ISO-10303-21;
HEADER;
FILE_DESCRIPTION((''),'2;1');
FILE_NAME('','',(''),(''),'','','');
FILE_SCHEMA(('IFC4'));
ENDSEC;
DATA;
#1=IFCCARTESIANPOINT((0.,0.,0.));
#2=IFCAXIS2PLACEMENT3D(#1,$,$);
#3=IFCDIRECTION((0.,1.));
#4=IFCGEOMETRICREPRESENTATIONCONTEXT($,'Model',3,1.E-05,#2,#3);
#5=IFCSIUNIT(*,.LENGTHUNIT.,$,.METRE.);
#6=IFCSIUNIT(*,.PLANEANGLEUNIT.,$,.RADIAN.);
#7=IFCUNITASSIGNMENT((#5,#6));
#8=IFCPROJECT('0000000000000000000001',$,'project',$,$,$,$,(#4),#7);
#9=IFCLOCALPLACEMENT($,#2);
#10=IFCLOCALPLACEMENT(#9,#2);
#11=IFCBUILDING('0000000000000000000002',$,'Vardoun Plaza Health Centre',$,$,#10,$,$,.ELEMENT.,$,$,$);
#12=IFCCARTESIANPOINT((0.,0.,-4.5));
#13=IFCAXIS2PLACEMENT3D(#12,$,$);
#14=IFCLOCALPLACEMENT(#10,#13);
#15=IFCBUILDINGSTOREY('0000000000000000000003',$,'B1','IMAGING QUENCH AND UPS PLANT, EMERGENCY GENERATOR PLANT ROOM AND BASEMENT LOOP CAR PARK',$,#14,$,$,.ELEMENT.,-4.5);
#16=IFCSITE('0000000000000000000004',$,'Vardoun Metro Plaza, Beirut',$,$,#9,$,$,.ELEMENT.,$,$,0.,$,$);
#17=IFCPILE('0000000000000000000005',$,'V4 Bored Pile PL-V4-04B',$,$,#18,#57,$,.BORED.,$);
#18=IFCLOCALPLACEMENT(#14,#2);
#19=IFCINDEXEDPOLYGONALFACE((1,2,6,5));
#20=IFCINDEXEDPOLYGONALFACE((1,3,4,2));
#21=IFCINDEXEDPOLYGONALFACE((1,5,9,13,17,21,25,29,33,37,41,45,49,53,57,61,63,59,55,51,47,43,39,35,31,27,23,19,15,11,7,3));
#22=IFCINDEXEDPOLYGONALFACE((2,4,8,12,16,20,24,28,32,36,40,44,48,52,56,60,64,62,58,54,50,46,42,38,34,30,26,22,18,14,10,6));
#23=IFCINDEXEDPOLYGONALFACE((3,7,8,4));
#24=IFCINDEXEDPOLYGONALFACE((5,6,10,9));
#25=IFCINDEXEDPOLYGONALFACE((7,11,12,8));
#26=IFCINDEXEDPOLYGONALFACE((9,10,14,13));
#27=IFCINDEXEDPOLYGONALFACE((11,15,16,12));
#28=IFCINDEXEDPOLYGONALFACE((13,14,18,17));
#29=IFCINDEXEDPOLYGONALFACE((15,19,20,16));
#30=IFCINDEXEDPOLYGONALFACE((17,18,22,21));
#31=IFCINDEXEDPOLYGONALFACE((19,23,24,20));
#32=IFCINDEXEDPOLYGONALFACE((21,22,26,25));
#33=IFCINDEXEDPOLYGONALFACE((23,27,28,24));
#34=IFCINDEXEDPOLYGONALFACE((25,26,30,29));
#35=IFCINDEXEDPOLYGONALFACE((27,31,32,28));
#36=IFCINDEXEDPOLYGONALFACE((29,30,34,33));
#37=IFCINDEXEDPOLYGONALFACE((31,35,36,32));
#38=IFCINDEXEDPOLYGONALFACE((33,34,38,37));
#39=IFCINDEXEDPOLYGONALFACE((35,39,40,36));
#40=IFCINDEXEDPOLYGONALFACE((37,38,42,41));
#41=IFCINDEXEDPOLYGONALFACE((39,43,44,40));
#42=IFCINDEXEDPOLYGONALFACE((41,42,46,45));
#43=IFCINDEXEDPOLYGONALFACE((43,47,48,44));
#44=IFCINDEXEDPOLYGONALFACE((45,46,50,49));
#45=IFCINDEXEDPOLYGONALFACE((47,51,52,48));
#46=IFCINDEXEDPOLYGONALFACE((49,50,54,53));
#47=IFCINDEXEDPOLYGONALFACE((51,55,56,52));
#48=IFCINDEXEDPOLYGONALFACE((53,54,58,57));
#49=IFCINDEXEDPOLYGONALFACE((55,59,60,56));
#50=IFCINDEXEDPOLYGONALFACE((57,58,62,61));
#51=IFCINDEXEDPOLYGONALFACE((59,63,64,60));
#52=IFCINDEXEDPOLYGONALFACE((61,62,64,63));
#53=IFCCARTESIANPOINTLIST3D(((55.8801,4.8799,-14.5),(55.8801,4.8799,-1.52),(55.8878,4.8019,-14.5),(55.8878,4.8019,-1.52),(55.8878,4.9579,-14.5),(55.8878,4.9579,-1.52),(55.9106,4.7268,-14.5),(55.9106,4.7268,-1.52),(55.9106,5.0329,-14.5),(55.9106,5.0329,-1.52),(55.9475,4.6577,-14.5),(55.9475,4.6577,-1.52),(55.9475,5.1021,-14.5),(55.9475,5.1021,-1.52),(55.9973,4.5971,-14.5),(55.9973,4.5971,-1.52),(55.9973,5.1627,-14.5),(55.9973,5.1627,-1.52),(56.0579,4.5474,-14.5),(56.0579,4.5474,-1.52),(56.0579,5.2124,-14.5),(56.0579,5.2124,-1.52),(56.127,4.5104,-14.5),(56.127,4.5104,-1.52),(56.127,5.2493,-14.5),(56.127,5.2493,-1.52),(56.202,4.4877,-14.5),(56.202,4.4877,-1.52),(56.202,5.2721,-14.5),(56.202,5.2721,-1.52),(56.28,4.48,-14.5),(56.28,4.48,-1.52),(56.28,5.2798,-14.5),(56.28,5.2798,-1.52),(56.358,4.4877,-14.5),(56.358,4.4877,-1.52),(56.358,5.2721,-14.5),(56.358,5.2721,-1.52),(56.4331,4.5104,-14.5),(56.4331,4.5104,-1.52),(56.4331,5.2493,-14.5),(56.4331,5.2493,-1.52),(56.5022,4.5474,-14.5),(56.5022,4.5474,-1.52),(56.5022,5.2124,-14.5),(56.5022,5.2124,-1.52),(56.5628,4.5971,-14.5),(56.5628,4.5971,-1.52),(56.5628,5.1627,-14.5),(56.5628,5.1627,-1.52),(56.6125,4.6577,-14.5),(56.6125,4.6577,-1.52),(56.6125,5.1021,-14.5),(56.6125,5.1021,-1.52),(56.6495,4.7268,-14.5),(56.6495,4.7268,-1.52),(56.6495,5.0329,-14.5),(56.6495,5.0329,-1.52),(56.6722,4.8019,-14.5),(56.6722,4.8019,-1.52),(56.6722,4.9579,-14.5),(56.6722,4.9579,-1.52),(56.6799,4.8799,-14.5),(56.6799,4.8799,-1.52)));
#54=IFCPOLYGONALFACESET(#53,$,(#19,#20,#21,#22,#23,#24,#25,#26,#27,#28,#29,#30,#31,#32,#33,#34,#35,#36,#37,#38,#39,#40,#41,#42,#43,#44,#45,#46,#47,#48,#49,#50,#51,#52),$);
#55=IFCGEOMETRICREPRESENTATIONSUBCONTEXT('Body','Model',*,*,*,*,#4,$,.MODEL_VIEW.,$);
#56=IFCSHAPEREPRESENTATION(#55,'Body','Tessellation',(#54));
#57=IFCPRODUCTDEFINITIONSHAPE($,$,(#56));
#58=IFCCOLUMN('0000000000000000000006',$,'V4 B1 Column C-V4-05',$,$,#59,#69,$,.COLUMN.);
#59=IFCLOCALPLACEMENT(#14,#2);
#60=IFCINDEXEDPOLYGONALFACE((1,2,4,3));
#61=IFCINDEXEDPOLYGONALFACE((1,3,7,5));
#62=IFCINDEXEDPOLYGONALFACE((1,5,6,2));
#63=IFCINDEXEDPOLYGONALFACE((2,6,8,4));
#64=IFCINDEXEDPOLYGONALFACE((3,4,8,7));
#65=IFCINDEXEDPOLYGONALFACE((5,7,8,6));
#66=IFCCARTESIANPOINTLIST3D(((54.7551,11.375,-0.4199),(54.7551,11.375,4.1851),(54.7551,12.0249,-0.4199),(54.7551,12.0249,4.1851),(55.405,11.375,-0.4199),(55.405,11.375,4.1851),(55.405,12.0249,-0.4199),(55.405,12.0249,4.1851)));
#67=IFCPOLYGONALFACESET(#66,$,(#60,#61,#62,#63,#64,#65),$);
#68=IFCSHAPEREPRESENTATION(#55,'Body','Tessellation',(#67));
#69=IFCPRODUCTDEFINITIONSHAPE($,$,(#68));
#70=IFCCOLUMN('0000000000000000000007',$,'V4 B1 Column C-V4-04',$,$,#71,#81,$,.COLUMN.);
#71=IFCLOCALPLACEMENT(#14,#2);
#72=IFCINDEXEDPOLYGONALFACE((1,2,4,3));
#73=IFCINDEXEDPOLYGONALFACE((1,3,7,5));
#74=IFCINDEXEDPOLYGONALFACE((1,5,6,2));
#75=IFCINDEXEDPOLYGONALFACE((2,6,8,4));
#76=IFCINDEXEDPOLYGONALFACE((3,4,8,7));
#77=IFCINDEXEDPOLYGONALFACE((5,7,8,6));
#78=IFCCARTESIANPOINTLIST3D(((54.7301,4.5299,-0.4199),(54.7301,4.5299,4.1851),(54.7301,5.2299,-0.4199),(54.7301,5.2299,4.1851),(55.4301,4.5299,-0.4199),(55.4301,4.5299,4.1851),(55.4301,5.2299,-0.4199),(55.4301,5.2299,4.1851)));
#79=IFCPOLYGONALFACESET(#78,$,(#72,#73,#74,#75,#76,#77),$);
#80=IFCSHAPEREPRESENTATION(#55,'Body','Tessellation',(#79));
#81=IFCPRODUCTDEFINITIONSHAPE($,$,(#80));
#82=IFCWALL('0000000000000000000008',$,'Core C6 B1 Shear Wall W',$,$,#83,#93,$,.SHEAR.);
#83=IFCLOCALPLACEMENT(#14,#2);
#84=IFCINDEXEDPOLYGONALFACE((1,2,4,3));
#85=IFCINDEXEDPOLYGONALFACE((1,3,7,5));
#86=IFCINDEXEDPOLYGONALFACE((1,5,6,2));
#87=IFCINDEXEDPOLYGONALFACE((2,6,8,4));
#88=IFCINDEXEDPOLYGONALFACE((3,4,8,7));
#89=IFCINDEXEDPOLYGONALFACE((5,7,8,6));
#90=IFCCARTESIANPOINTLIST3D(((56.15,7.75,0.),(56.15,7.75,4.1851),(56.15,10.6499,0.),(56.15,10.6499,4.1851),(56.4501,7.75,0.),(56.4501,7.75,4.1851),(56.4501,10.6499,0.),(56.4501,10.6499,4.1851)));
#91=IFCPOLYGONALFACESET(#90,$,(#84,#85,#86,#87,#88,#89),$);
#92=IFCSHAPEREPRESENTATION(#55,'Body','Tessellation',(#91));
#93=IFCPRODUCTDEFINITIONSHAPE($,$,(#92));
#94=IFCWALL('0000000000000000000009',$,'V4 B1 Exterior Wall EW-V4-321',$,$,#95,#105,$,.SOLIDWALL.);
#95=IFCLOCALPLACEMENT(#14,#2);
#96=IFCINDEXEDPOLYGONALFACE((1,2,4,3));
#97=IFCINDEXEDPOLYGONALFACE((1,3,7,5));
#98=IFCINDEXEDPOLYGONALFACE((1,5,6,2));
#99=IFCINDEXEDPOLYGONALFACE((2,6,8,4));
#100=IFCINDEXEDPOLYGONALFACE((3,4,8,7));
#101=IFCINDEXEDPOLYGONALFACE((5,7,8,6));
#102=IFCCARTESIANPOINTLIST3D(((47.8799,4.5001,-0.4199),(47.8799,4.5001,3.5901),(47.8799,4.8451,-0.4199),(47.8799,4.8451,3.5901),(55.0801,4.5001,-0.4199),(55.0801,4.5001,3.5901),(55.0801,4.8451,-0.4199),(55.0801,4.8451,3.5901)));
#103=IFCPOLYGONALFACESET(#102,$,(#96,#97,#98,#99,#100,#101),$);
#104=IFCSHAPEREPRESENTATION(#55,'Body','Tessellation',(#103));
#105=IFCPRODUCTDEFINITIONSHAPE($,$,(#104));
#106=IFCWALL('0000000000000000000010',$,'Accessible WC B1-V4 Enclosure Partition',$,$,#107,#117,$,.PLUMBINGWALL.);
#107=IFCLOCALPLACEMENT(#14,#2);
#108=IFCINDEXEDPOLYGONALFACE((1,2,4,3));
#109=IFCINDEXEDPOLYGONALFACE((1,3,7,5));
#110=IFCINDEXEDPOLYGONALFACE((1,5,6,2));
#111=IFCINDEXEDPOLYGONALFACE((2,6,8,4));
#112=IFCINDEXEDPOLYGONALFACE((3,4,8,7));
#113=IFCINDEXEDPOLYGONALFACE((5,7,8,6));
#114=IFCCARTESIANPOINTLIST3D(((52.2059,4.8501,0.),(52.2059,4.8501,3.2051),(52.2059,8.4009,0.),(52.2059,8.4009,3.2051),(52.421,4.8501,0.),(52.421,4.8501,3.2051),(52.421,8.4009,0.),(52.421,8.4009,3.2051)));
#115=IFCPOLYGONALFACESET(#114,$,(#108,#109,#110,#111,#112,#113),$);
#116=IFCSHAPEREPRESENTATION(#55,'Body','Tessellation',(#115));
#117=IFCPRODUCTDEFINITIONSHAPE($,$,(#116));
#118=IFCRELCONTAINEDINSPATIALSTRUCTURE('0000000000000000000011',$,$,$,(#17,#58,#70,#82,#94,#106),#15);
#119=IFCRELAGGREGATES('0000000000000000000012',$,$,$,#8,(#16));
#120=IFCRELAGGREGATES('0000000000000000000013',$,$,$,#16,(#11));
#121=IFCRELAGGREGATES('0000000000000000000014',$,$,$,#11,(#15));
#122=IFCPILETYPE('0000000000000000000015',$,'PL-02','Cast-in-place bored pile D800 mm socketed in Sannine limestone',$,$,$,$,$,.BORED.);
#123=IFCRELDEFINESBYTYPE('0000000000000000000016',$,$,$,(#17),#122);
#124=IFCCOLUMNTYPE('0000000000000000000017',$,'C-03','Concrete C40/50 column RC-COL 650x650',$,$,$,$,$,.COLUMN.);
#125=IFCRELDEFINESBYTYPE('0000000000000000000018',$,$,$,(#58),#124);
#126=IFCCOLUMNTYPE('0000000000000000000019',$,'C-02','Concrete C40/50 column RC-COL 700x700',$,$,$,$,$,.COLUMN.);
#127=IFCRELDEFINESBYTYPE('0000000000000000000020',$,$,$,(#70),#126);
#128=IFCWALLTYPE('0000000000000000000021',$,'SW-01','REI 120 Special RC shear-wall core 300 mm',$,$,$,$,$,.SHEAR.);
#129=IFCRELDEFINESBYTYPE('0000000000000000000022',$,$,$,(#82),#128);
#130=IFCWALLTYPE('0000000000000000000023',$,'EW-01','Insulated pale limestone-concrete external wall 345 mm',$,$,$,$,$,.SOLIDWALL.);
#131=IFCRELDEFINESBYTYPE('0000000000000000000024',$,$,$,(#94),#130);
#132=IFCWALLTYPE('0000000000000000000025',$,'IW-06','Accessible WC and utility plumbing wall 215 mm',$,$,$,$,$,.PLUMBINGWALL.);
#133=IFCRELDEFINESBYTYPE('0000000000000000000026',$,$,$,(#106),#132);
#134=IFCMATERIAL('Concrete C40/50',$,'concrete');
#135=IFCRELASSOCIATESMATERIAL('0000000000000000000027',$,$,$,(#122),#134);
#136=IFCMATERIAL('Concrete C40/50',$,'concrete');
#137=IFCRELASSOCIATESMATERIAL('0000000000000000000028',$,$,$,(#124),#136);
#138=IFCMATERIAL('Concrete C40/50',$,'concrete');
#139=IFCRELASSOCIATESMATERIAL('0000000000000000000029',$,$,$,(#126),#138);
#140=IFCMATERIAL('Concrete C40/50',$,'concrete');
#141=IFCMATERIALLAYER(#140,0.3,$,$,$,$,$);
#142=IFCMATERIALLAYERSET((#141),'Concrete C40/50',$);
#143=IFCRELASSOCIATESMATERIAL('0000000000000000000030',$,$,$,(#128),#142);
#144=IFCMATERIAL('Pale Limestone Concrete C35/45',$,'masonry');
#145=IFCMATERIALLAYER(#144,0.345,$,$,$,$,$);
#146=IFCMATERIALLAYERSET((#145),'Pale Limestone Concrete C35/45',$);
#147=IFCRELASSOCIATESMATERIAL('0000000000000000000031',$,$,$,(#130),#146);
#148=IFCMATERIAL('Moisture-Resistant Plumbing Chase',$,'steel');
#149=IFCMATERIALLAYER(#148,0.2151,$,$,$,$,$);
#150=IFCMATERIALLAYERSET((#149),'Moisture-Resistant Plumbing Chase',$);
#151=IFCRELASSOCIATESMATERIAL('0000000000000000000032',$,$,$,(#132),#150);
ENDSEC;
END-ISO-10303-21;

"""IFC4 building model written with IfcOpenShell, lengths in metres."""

from ifc_helpers import new_model, si_unit, direction, frame, frame_2d, origin, origin_2d, place, context, subcontext, project, spatial, rectangle, circle, extrude, material, layer, layer_set, material_profile, profile_set, type_object, element, save


model = new_model("IFC4")

# Units and contexts
model_context = context("Model", 3, precision=1e-05, world=origin(), true_north=direction((0.0, 1.0)))
body_context = subcontext(model_context, "Body", "Model", "MODEL_VIEW")
ifc_project = project(units=[si_unit("LENGTHUNIT", "METRE"), si_unit("PLANEANGLEUNIT", "RADIAN")], contexts=[model_context])

# Site, building, storey
site_placement = place(None, origin())
site = spatial("IfcSite", under=ifc_project, at=site_placement, Name="Vardoun Metro Plaza, Beirut", CompositionType="ELEMENT", RefElevation=0.0)
building_placement = place(site_placement, origin())
building = spatial("IfcBuilding", under=site, at=building_placement, Name="Vardoun Plaza Health Centre", CompositionType="ELEMENT")
storey_placement = place(building_placement, frame((0.0, 0.0, -4.5)))
storey = spatial("IfcBuildingStorey", under=building, at=storey_placement, Name="B1", Description="IMAGING QUENCH AND UPS PLANT, EMERGENCY GENERATOR PLANT ROOM AND BASEMENT LOOP CAR PARK", CompositionType="ELEMENT", Elevation=-4.5)

# Pile
ifc_material_1 = material(Name="Concrete C40/50", Category="concrete")
ifc_material_profile_1 = material_profile(ifc_material_1, circle(Radius=0.3999, at=origin_2d()), Name="PILE D800")
ifc_profile_set_1 = profile_set([ifc_material_profile_1], Name="Concrete C40/50")
pile_type_1 = type_object("IfcPileType", Name="PL-02", Description="Cast-in-place bored pile D800 mm socketed in Sannine limestone", PredefinedType="BORED", material=ifc_profile_set_1)
for number, where, z_axis, x_axis, name in (
    (1, (56.28, 4.8799, -1.52), (0.0, 0.0, -1.0), (1.0, 0.0, 0.0), "V4 Bored Pile PL-V4-04B"),
):
    element("IfcPile", number, at=place(storey_placement, frame(where, z_axis=z_axis, x_axis=x_axis)), inside=storey, type_object=pile_type_1, Name=name, PredefinedType="BORED", context=body_context, shape_type="SweptSolid", body=[
        extrude(circle(Radius=0.3999, at=origin_2d()), origin(), (0.0, 0.0, 1.0), 12.98),
    ])

# Columns
ifc_material_2 = material(Name="Concrete C40/50", Category="concrete")
ifc_material_profile_2 = material_profile(ifc_material_2, rectangle(XDim=0.6499, YDim=0.6499, at=origin_2d()), Name="RC-COL 650x650")
ifc_profile_set_2 = profile_set([ifc_material_profile_2], Name="Concrete C40/50")
column_type_1 = type_object("IfcColumnType", Name="C-03", Description="Concrete C40/50 column RC-COL 650x650", PredefinedType="COLUMN", material=ifc_profile_set_2)
column_1_placement = place(storey_placement, frame((55.0801, 11.7, -0.4199), z_axis=(0.0, 0.0, 1.0), x_axis=(1.0, 0.0, 0.0)))
element("IfcColumn", 2, at=column_1_placement, inside=storey, type_object=column_type_1, Name="V4 B1 Column C-V4-05", PredefinedType="COLUMN", context=body_context, shape_type="SweptSolid", body=[
    extrude(rectangle(XDim=0.6499, YDim=0.6499, at=origin_2d()), origin(), (0.0, 0.0, 1.0), 4.605),
])
ifc_material_3 = material(Name="Concrete C40/50", Category="concrete")
ifc_material_profile_3 = material_profile(ifc_material_3, rectangle(XDim=0.7, YDim=0.7, at=origin_2d()), Name="RC-COL 700x700")
ifc_profile_set_3 = profile_set([ifc_material_profile_3], Name="Concrete C40/50")
column_type_2 = type_object("IfcColumnType", Name="C-02", Description="Concrete C40/50 column RC-COL 700x700", PredefinedType="COLUMN", material=ifc_profile_set_3)
column_2_placement = place(storey_placement, frame((55.0801, 4.8799, -0.4199), z_axis=(0.0, 0.0, 1.0), x_axis=(1.0, 0.0, 0.0)))
element("IfcColumn", 3, at=column_2_placement, inside=storey, type_object=column_type_2, Name="V4 B1 Column C-V4-04", PredefinedType="COLUMN", context=body_context, shape_type="SweptSolid", body=[
    extrude(rectangle(XDim=0.7, YDim=0.7, at=origin_2d()), origin(), (0.0, 0.0, 1.0), 4.605),
])

# Wall
ifc_material_4 = material(Name="Concrete C40/50", Category="concrete")
ifc_layer_1 = layer(ifc_material_4, 0.3)
ifc_layer_set_1 = layer_set([ifc_layer_1], Name="Concrete C40/50")
wall_type_1 = type_object("IfcWallType", Name="SW-01", Description="REI 120 Special RC shear-wall core 300 mm", PredefinedType="SHEAR", material=ifc_layer_set_1)
wall_1_placement = place(storey_placement, frame((56.3, 7.75, 0.0), z_axis=(0.0, 0.0, 1.0), x_axis=(0.0, 1.0, 0.0)))
element("IfcWall", 4, at=wall_1_placement, inside=storey, type_object=wall_type_1, Name="Core C6 B1 Shear Wall W", PredefinedType="SHEAR", context=body_context, shape_type="SweptSolid", body=[
    extrude(rectangle(XDim=2.8999, YDim=0.3, at=frame_2d((1.45, 0.0))), origin(), (0.0, 0.0, 1.0), 4.1851),
])

# Walls
ifc_material_5 = material(Name="Pale Limestone Concrete C35/45", Category="masonry")
ifc_layer_2 = layer(ifc_material_5, 0.345)
ifc_layer_set_2 = layer_set([ifc_layer_2], Name="Pale Limestone Concrete C35/45")
wall_type_2 = type_object("IfcWallType", Name="EW-01", Description="Insulated pale limestone-concrete external wall 345 mm", PredefinedType="SOLIDWALL", material=ifc_layer_set_2)
wall_2_placement = place(storey_placement, frame((55.0801, 4.6726, -0.4199), z_axis=(0.0, 0.0, 1.0), x_axis=(-1.0, 0.0, 0.0)))
element("IfcWall", 5, at=wall_2_placement, inside=storey, type_object=wall_type_2, Name="V4 B1 Exterior Wall EW-V4-321", PredefinedType="SOLIDWALL", context=body_context, shape_type="SweptSolid", body=[
    extrude(rectangle(XDim=7.2002, YDim=0.345, at=frame_2d((3.6001, 0.0))), origin(), (0.0, 0.0, 1.0), 4.01),
])
ifc_material_6 = material(Name="Moisture-Resistant Plumbing Chase", Category="steel")
ifc_layer_3 = layer(ifc_material_6, 0.2151)
ifc_layer_set_3 = layer_set([ifc_layer_3], Name="Moisture-Resistant Plumbing Chase")
wall_type_3 = type_object("IfcWallType", Name="IW-06", Description="Accessible WC and utility plumbing wall 215 mm", PredefinedType="PLUMBINGWALL", material=ifc_layer_set_3)
wall_3_placement = place(storey_placement, frame((52.3135, 8.4009, 0.0), z_axis=(0.0, 0.0, 1.0), x_axis=(0.0, -1.0, 0.0)))
element("IfcWall", 6, at=wall_3_placement, inside=storey, type_object=wall_type_3, Name="Accessible WC B1-V4 Enclosure Partition", PredefinedType="PLUMBINGWALL", context=body_context, shape_type="SweptSolid", body=[
    extrude(rectangle(XDim=3.5508, YDim=0.2151, at=frame_2d((1.7754, 0.0))), origin(), (0.0, 0.0, 1.0), 3.2051),
])

save(model, "model.ifc")
